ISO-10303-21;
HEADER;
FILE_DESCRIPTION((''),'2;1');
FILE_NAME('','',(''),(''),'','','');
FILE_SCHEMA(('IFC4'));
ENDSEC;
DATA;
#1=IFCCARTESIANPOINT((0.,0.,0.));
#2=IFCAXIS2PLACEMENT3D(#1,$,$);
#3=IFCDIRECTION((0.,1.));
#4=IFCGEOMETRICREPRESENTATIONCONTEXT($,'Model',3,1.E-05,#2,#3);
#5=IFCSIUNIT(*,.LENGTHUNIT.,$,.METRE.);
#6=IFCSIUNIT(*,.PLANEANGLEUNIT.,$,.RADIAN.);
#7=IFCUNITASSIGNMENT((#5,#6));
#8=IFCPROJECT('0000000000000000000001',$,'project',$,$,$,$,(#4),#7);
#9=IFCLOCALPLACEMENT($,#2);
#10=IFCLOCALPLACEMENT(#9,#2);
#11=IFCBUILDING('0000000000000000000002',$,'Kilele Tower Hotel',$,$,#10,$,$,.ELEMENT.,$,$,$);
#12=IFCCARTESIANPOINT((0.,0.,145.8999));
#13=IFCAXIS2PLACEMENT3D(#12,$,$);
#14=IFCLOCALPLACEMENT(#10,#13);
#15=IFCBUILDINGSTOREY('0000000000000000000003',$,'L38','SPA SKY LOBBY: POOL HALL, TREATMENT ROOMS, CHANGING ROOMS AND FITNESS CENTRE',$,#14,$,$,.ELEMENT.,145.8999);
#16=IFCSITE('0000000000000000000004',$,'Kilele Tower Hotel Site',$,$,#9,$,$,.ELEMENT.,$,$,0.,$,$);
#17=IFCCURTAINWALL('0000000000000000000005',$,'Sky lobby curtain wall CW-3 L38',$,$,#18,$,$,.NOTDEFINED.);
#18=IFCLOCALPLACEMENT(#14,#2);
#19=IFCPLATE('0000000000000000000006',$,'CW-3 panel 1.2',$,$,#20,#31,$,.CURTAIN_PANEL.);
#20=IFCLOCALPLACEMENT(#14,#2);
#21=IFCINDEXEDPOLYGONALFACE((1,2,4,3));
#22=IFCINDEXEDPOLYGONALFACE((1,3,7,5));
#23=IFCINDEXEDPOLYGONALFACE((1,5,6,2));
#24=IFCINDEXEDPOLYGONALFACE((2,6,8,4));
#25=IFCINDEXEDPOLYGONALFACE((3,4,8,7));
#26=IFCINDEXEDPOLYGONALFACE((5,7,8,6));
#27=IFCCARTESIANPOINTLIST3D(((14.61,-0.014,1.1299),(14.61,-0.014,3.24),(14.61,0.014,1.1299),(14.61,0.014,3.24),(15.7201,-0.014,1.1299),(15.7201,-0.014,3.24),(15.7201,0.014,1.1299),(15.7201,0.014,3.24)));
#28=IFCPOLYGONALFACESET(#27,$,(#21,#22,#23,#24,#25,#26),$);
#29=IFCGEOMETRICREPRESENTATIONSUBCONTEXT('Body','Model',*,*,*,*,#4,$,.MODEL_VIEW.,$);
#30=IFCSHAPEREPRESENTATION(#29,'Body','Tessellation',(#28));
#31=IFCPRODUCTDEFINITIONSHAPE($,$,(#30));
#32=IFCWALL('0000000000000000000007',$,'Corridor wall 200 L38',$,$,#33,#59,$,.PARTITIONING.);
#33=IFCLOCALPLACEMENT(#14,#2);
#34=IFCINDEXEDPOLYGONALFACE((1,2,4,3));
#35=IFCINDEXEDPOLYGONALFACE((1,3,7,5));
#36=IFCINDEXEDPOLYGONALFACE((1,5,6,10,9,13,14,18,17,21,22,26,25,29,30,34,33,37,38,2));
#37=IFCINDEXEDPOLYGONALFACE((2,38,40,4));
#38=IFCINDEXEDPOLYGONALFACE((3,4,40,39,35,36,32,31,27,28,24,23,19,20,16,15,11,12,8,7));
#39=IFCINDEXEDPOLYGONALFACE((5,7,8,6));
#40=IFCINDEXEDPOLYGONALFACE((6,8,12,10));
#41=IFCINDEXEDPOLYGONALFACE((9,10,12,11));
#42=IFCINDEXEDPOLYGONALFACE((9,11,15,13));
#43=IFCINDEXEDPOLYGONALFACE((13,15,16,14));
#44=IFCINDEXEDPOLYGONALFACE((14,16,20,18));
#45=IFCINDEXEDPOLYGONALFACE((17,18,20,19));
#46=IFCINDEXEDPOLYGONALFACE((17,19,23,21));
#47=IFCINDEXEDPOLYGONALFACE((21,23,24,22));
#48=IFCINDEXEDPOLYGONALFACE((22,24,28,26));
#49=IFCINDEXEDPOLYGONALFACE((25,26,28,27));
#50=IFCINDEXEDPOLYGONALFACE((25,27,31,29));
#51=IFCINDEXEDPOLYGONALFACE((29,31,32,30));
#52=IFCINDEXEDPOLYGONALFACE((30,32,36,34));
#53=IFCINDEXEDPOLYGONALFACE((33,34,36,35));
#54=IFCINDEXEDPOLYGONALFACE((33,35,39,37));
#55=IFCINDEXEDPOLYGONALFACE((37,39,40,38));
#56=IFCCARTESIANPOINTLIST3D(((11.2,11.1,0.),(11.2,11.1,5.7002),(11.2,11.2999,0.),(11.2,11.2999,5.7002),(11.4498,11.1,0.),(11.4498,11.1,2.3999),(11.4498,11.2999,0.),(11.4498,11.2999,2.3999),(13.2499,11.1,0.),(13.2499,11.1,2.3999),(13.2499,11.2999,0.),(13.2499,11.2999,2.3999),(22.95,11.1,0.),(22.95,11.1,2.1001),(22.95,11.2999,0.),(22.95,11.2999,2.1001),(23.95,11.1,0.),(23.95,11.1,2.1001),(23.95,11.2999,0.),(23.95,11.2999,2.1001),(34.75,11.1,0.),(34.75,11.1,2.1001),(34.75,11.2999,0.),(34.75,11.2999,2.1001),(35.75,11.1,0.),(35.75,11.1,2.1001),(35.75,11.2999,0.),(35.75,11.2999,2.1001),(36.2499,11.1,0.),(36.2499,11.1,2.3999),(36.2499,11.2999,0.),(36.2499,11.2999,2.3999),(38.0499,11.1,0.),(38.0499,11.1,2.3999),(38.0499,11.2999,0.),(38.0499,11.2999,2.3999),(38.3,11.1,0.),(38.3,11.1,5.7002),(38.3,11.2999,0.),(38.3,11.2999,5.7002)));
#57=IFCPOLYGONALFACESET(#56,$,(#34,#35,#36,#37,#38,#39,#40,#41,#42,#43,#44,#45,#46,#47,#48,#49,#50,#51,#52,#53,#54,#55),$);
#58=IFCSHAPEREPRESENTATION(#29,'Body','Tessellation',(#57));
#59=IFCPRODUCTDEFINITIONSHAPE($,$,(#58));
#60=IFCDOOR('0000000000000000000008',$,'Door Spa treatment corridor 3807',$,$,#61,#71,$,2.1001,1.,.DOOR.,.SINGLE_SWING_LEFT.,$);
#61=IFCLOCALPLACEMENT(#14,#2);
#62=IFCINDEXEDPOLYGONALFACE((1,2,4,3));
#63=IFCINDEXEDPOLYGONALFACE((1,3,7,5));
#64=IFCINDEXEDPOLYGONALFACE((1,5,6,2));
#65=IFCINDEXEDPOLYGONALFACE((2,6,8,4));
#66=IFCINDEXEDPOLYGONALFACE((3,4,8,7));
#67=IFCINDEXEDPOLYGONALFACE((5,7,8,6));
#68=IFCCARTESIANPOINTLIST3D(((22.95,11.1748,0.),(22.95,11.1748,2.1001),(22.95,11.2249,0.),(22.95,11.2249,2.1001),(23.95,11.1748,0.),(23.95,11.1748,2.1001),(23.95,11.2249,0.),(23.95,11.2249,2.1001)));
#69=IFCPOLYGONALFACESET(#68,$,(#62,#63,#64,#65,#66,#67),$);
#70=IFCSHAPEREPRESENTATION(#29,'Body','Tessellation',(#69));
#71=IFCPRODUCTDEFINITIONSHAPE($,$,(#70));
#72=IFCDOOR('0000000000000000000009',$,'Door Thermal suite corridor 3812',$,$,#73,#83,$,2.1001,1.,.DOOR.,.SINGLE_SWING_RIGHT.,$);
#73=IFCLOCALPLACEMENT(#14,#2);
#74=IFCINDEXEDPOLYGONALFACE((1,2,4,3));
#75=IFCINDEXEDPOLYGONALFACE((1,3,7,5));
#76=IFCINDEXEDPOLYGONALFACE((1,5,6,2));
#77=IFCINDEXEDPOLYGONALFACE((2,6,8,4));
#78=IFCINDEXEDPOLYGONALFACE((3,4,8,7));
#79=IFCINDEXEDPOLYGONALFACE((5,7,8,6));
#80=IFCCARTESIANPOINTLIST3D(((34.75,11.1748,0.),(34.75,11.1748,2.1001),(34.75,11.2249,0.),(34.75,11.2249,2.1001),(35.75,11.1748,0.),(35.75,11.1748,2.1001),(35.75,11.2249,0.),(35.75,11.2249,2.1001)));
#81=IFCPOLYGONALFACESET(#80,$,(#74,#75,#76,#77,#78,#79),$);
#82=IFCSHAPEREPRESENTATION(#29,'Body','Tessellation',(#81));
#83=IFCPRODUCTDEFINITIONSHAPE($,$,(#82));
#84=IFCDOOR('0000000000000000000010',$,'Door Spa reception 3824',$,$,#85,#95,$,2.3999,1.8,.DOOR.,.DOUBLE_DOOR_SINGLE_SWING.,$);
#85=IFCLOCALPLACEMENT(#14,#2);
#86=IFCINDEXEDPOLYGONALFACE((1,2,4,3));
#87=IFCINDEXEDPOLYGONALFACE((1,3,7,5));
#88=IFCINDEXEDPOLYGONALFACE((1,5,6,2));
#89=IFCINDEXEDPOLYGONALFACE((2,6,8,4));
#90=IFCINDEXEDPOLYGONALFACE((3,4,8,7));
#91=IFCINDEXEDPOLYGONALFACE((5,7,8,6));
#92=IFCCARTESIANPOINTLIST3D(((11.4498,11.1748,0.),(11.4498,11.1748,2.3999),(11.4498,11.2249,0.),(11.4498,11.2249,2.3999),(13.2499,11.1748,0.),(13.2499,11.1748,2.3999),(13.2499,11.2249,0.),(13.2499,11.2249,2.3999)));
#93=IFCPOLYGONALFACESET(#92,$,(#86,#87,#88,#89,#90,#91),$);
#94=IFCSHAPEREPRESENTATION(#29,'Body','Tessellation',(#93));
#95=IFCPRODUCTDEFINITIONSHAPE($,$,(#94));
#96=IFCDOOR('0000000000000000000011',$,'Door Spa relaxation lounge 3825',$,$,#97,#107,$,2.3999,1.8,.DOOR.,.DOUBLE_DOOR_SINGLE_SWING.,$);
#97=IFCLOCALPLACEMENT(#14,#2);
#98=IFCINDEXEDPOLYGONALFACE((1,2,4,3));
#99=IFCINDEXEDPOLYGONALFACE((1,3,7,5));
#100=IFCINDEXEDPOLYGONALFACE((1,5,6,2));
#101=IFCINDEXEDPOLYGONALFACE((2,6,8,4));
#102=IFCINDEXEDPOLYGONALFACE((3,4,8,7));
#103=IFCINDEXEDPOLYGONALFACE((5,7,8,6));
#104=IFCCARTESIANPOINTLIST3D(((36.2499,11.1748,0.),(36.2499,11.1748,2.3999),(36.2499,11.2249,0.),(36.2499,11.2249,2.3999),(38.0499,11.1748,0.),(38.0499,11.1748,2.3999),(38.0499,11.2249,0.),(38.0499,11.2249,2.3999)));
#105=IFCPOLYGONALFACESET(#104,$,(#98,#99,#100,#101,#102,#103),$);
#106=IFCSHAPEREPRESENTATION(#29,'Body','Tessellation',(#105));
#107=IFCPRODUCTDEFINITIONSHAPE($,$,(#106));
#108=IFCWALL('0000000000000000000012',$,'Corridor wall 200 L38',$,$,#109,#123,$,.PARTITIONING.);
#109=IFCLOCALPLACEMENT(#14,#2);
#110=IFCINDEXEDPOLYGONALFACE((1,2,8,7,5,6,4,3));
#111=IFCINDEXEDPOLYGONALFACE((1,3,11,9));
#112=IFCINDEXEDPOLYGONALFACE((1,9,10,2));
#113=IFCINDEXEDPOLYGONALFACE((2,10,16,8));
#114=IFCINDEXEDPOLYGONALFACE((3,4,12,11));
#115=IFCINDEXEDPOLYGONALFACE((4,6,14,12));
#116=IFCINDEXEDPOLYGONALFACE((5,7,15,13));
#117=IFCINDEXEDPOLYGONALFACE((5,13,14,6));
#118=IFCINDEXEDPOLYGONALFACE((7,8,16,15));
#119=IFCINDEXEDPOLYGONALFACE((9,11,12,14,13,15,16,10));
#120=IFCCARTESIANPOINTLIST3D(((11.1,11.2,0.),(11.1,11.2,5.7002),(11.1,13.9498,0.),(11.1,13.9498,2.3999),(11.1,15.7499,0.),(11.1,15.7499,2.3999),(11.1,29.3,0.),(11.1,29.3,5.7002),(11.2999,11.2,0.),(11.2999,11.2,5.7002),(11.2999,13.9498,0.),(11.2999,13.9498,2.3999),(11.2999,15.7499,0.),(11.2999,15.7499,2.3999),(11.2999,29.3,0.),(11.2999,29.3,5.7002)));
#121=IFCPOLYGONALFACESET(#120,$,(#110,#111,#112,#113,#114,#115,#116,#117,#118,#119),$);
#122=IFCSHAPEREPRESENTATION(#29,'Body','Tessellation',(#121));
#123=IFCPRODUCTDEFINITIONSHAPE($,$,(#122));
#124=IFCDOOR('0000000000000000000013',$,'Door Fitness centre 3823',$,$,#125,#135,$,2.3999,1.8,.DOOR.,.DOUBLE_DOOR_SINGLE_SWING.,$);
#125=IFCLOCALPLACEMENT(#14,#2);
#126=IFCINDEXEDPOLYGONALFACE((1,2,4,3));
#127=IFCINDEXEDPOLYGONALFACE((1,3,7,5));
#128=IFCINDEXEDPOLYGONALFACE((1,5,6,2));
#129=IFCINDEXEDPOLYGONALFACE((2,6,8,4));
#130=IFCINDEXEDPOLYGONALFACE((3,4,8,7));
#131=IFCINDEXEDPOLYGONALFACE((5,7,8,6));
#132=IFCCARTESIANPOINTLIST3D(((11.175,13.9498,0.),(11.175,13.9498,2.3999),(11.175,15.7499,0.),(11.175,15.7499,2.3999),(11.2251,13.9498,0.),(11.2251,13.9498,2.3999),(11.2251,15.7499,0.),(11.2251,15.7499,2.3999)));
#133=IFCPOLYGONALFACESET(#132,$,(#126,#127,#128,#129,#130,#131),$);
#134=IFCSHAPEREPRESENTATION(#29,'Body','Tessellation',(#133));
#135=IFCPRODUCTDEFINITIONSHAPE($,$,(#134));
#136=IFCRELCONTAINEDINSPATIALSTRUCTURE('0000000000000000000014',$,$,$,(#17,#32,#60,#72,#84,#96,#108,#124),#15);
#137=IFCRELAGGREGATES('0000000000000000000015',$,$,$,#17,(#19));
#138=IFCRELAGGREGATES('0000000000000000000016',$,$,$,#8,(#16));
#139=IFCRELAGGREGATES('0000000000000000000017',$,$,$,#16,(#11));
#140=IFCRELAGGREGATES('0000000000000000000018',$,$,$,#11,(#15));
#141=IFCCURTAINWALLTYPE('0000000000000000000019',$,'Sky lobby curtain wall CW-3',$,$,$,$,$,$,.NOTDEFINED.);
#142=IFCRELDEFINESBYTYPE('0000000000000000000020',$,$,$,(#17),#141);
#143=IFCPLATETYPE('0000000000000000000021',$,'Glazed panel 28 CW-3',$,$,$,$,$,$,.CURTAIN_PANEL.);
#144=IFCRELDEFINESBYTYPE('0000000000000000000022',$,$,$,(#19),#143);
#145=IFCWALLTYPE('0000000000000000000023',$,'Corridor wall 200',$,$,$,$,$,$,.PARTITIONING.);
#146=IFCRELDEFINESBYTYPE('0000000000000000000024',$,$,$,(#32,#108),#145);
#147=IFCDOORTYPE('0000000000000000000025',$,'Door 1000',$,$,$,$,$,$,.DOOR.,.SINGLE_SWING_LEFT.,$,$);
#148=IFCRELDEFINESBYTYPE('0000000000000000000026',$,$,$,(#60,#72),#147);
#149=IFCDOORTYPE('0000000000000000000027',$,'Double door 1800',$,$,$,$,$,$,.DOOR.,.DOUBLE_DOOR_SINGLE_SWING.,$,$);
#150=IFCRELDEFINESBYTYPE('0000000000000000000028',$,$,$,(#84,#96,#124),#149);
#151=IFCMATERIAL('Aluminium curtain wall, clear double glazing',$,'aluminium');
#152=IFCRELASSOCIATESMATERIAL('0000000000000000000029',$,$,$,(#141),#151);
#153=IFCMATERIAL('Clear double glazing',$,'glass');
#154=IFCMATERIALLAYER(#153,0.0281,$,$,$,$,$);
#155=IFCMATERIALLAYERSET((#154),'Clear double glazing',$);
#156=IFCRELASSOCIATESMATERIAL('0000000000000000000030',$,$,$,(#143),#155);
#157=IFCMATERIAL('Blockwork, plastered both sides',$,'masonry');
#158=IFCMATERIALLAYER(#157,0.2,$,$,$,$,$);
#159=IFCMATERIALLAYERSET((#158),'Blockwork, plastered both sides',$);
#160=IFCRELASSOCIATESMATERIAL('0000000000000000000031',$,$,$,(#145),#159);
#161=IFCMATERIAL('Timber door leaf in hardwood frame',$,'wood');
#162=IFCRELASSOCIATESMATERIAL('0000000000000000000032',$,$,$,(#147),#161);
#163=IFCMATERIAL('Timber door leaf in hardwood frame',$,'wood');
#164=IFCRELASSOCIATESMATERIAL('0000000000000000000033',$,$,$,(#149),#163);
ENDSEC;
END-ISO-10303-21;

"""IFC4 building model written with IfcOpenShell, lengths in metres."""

from ifc_helpers import new_model, si_unit, direction, frame, frame_2d, origin, origin_2d, place, context, subcontext, project, spatial, rectangle, extrude, material, layer, layer_set, type_object, element, fill, aggregate, save


model = new_model("IFC4")

# Units and contexts
model_context = context("Model", 3, precision=1e-05, world=origin(), true_north=direction((0.0, 1.0)))
body_context = subcontext(model_context, "Body", "Model", "MODEL_VIEW")
ifc_project = project(units=[si_unit("LENGTHUNIT", "METRE"), si_unit("PLANEANGLEUNIT", "RADIAN")], contexts=[model_context])

# Site, building, storey
site_placement = place(None, origin())
site = spatial("IfcSite", under=ifc_project, at=site_placement, Name="Kilele Tower Hotel Site", CompositionType="ELEMENT", RefElevation=0.0)
building_placement = place(site_placement, origin())
building = spatial("IfcBuilding", under=site, at=building_placement, Name="Kilele Tower Hotel", CompositionType="ELEMENT")
storey_placement = place(building_placement, frame((0.0, 0.0, 145.8999)))
storey = spatial("IfcBuildingStorey", under=building, at=storey_placement, Name="L38", Description="SPA SKY LOBBY: POOL HALL, TREATMENT ROOMS, CHANGING ROOMS AND FITNESS CENTRE", CompositionType="ELEMENT", Elevation=145.8999)

# Curtain wall, plate
ifc_material_1 = material(Name="Aluminium curtain wall, clear double glazing", Category="aluminium")
curtain_wall_type = type_object("IfcCurtainWallType", Name="Sky lobby curtain wall CW-3", PredefinedType="NOTDEFINED", material=ifc_material_1)
curtain_wall_placement = place(storey_placement, origin())
curtain_wall = element("IfcCurtainWall", 1, at=curtain_wall_placement, inside=storey, type_object=curtain_wall_type, Name="Sky lobby curtain wall CW-3 L38", PredefinedType="NOTDEFINED")
ifc_material_2 = material(Name="Clear double glazing", Category="glass")
ifc_layer_1 = layer(ifc_material_2, 0.0281)
ifc_layer_set_1 = layer_set([ifc_layer_1], Name="Clear double glazing")
plate_type = type_object("IfcPlateType", Name="Glazed panel 28 CW-3", PredefinedType="CURTAIN_PANEL", material=ifc_layer_set_1)
plate_placement = place(storey_placement, frame((15.165, 0.0, 1.1299), z_axis=(0.0, 0.0, 1.0), x_axis=(1.0, 0.0, 0.0)))
plate = element("IfcPlate", 2, at=plate_placement, type_object=plate_type, Name="CW-3 panel 1.2", PredefinedType="CURTAIN_PANEL", context=body_context, shape_type="SweptSolid", body=[
    extrude(rectangle(XDim=1.1101, YDim=0.0281, at=origin_2d()), origin(), (0.0, 0.0, 1.0), 2.1101),
])
aggregate(curtain_wall, [plate])

# Wall, openings, doors
ifc_material_3 = material(Name="Blockwork, plastered both sides", Category="masonry")
ifc_layer_2 = layer(ifc_material_3, 0.2)
ifc_layer_set_2 = layer_set([ifc_layer_2], Name="Blockwork, plastered both sides")
wall_type_1 = type_object("IfcWallType", Name="Corridor wall 200", PredefinedType="PARTITIONING", material=ifc_layer_set_2)
wall_1_placement = place(storey_placement, frame((11.2, 11.2, 0.0), z_axis=(0.0, 0.0, 1.0), x_axis=(1.0, 0.0, 0.0)))
wall_1 = element("IfcWall", 3, at=wall_1_placement, inside=storey, type_object=wall_type_1, Name="Corridor wall 200 L38", PredefinedType="PARTITIONING", context=body_context, shape_type="SweptSolid", body=[
    extrude(rectangle(XDim=27.1001, YDim=0.2, at=frame_2d((13.55, 0.0))), origin(), (0.0, 0.0, 1.0), 5.7002),
])
opening_1_placement = place(wall_1_placement, frame((11.75, 0.0, 0.0)))
opening_1 = element("IfcOpeningElement", 4, at=opening_1_placement, cuts=wall_1, PredefinedType="OPENING", context=body_context, shape_type="SweptSolid", body=[
    extrude(rectangle(XDim=1.0, YDim=2.1001, at=frame_2d((0.5, 1.05))), frame((0.0, 0.1099, 0.0), z_axis=(0.0, -1.0, 0.0), x_axis=(1.0, 0.0, 0.0)), (0.0, 0.0, 1.0), 0.22),
])
opening_2_placement = place(wall_1_placement, frame((23.55, 0.0, 0.0)))
opening_2 = element("IfcOpeningElement", 5, at=opening_2_placement, cuts=wall_1, PredefinedType="OPENING", context=body_context, shape_type="SweptSolid", body=[
    extrude(rectangle(XDim=1.0, YDim=2.1001, at=frame_2d((0.5, 1.05))), frame((0.0, 0.1099, 0.0), z_axis=(0.0, -1.0, 0.0), x_axis=(1.0, 0.0, 0.0)), (0.0, 0.0, 1.0), 0.22),
])
opening_3_placement = place(wall_1_placement, frame((0.25, 0.0, 0.0)))
opening_3 = element("IfcOpeningElement", 6, at=opening_3_placement, cuts=wall_1, PredefinedType="OPENING", context=body_context, shape_type="SweptSolid", body=[
    extrude(rectangle(XDim=1.8, YDim=2.3999, at=frame_2d((0.8999, 1.2))), frame((0.0, 0.1099, 0.0), z_axis=(0.0, -1.0, 0.0), x_axis=(1.0, 0.0, 0.0)), (0.0, 0.0, 1.0), 0.22),
])
opening_4_placement = place(wall_1_placement, frame((25.05, 0.0, 0.0)))
opening_4 = element("IfcOpeningElement", 7, at=opening_4_placement, cuts=wall_1, PredefinedType="OPENING", context=body_context, shape_type="SweptSolid", body=[
    extrude(rectangle(XDim=1.8, YDim=2.3999, at=frame_2d((0.8999, 1.2))), frame((0.0, 0.1099, 0.0), z_axis=(0.0, -1.0, 0.0), x_axis=(1.0, 0.0, 0.0)), (0.0, 0.0, 1.0), 0.22),
])
ifc_material_4 = material(Name="Timber door leaf in hardwood frame", Category="wood")
door_type_1 = type_object("IfcDoorType", Name="Door 1000", OperationType="SINGLE_SWING_LEFT", PredefinedType="DOOR", material=ifc_material_4)
door_1_placement = place(opening_1_placement, origin())
door_1 = element("IfcDoor", 8, at=door_1_placement, inside=storey, type_object=door_type_1, Name="Door Spa treatment corridor 3807", OperationType="SINGLE_SWING_LEFT", OverallHeight=2.1001, OverallWidth=1.0, PredefinedType="DOOR", context=body_context, shape_type="SweptSolid", body=[
    extrude(rectangle(XDim=1.0, YDim=2.1001, at=frame_2d((0.5, 1.05))), frame((0.0, 0.0249, 0.0), z_axis=(0.0, -1.0, 0.0), x_axis=(1.0, 0.0, 0.0)), (0.0, 0.0, 1.0), 0.05),
])
fill(opening_1, door_1)
door_2_placement = place(opening_2_placement, origin())
door_2 = element("IfcDoor", 9, at=door_2_placement, inside=storey, type_object=door_type_1, Name="Door Thermal suite corridor 3812", OperationType="SINGLE_SWING_RIGHT", OverallHeight=2.1001, OverallWidth=1.0, PredefinedType="DOOR", context=body_context, shape_type="SweptSolid", body=[
    extrude(rectangle(XDim=1.0, YDim=2.1001, at=frame_2d((0.5, 1.05))), frame((0.0, 0.0249, 0.0), z_axis=(0.0, -1.0, 0.0), x_axis=(1.0, 0.0, 0.0)), (0.0, 0.0, 1.0), 0.05),
])
fill(opening_2, door_2)
ifc_material_5 = material(Name="Timber door leaf in hardwood frame", Category="wood")
door_type_2 = type_object("IfcDoorType", Name="Double door 1800", OperationType="DOUBLE_DOOR_SINGLE_SWING", PredefinedType="DOOR", material=ifc_material_5)
door_3_placement = place(opening_3_placement, origin())
door_3 = element("IfcDoor", 10, at=door_3_placement, inside=storey, type_object=door_type_2, Name="Door Spa reception 3824", OperationType="DOUBLE_DOOR_SINGLE_SWING", OverallHeight=2.3999, OverallWidth=1.8, PredefinedType="DOOR", context=body_context, shape_type="SweptSolid", body=[
    extrude(rectangle(XDim=1.8, YDim=2.3999, at=frame_2d((0.8999, 1.2))), frame((0.0, 0.0249, 0.0), z_axis=(0.0, -1.0, 0.0), x_axis=(1.0, 0.0, 0.0)), (0.0, 0.0, 1.0), 0.05),
])
fill(opening_3, door_3)
door_4_placement = place(opening_4_placement, origin())
door_4 = element("IfcDoor", 11, at=door_4_placement, inside=storey, type_object=door_type_2, Name="Door Spa relaxation lounge 3825", OperationType="DOUBLE_DOOR_SINGLE_SWING", OverallHeight=2.3999, OverallWidth=1.8, PredefinedType="DOOR", context=body_context, shape_type="SweptSolid", body=[
    extrude(rectangle(XDim=1.8, YDim=2.3999, at=frame_2d((0.8999, 1.2))), frame((0.0, 0.0249, 0.0), z_axis=(0.0, -1.0, 0.0), x_axis=(1.0, 0.0, 0.0)), (0.0, 0.0, 1.0), 0.05),
])
fill(opening_4, door_4)

# Wall, opening, door
wall_2_placement = place(storey_placement, frame((11.2, 11.2, 0.0), z_axis=(0.0, 0.0, 1.0), x_axis=(0.0, 1.0, 0.0)))
wall_2 = element("IfcWall", 12, at=wall_2_placement, inside=storey, type_object=wall_type_1, Name="Corridor wall 200 L38", PredefinedType="PARTITIONING", context=body_context, shape_type="SweptSolid", body=[
    extrude(rectangle(XDim=18.1001, YDim=0.2, at=frame_2d((9.05, 0.0))), origin(), (0.0, 0.0, 1.0), 5.7002),
])
opening_5_placement = place(wall_2_placement, frame((2.75, 0.0, 0.0)))
opening_5 = element("IfcOpeningElement", 13, at=opening_5_placement, cuts=wall_2, PredefinedType="OPENING", context=body_context, shape_type="SweptSolid", body=[
    extrude(rectangle(XDim=1.8, YDim=2.3999, at=frame_2d((0.8999, 1.2))), frame((0.0, 0.1099, 0.0), z_axis=(0.0, -1.0, 0.0), x_axis=(1.0, 0.0, 0.0)), (0.0, 0.0, 1.0), 0.22),
])
door_5_placement = place(opening_5_placement, origin())
door_5 = element("IfcDoor", 14, at=door_5_placement, inside=storey, type_object=door_type_2, Name="Door Fitness centre 3823", OperationType="DOUBLE_DOOR_SINGLE_SWING", OverallHeight=2.3999, OverallWidth=1.8, PredefinedType="DOOR", context=body_context, shape_type="SweptSolid", body=[
    extrude(rectangle(XDim=1.8, YDim=2.3999, at=frame_2d((0.8999, 1.2))), frame((0.0, 0.0249, 0.0), z_axis=(0.0, -1.0, 0.0), x_axis=(1.0, 0.0, 0.0)), (0.0, 0.0, 1.0), 0.05),
])
fill(opening_5, door_5)

save(model, "model.ifc")
